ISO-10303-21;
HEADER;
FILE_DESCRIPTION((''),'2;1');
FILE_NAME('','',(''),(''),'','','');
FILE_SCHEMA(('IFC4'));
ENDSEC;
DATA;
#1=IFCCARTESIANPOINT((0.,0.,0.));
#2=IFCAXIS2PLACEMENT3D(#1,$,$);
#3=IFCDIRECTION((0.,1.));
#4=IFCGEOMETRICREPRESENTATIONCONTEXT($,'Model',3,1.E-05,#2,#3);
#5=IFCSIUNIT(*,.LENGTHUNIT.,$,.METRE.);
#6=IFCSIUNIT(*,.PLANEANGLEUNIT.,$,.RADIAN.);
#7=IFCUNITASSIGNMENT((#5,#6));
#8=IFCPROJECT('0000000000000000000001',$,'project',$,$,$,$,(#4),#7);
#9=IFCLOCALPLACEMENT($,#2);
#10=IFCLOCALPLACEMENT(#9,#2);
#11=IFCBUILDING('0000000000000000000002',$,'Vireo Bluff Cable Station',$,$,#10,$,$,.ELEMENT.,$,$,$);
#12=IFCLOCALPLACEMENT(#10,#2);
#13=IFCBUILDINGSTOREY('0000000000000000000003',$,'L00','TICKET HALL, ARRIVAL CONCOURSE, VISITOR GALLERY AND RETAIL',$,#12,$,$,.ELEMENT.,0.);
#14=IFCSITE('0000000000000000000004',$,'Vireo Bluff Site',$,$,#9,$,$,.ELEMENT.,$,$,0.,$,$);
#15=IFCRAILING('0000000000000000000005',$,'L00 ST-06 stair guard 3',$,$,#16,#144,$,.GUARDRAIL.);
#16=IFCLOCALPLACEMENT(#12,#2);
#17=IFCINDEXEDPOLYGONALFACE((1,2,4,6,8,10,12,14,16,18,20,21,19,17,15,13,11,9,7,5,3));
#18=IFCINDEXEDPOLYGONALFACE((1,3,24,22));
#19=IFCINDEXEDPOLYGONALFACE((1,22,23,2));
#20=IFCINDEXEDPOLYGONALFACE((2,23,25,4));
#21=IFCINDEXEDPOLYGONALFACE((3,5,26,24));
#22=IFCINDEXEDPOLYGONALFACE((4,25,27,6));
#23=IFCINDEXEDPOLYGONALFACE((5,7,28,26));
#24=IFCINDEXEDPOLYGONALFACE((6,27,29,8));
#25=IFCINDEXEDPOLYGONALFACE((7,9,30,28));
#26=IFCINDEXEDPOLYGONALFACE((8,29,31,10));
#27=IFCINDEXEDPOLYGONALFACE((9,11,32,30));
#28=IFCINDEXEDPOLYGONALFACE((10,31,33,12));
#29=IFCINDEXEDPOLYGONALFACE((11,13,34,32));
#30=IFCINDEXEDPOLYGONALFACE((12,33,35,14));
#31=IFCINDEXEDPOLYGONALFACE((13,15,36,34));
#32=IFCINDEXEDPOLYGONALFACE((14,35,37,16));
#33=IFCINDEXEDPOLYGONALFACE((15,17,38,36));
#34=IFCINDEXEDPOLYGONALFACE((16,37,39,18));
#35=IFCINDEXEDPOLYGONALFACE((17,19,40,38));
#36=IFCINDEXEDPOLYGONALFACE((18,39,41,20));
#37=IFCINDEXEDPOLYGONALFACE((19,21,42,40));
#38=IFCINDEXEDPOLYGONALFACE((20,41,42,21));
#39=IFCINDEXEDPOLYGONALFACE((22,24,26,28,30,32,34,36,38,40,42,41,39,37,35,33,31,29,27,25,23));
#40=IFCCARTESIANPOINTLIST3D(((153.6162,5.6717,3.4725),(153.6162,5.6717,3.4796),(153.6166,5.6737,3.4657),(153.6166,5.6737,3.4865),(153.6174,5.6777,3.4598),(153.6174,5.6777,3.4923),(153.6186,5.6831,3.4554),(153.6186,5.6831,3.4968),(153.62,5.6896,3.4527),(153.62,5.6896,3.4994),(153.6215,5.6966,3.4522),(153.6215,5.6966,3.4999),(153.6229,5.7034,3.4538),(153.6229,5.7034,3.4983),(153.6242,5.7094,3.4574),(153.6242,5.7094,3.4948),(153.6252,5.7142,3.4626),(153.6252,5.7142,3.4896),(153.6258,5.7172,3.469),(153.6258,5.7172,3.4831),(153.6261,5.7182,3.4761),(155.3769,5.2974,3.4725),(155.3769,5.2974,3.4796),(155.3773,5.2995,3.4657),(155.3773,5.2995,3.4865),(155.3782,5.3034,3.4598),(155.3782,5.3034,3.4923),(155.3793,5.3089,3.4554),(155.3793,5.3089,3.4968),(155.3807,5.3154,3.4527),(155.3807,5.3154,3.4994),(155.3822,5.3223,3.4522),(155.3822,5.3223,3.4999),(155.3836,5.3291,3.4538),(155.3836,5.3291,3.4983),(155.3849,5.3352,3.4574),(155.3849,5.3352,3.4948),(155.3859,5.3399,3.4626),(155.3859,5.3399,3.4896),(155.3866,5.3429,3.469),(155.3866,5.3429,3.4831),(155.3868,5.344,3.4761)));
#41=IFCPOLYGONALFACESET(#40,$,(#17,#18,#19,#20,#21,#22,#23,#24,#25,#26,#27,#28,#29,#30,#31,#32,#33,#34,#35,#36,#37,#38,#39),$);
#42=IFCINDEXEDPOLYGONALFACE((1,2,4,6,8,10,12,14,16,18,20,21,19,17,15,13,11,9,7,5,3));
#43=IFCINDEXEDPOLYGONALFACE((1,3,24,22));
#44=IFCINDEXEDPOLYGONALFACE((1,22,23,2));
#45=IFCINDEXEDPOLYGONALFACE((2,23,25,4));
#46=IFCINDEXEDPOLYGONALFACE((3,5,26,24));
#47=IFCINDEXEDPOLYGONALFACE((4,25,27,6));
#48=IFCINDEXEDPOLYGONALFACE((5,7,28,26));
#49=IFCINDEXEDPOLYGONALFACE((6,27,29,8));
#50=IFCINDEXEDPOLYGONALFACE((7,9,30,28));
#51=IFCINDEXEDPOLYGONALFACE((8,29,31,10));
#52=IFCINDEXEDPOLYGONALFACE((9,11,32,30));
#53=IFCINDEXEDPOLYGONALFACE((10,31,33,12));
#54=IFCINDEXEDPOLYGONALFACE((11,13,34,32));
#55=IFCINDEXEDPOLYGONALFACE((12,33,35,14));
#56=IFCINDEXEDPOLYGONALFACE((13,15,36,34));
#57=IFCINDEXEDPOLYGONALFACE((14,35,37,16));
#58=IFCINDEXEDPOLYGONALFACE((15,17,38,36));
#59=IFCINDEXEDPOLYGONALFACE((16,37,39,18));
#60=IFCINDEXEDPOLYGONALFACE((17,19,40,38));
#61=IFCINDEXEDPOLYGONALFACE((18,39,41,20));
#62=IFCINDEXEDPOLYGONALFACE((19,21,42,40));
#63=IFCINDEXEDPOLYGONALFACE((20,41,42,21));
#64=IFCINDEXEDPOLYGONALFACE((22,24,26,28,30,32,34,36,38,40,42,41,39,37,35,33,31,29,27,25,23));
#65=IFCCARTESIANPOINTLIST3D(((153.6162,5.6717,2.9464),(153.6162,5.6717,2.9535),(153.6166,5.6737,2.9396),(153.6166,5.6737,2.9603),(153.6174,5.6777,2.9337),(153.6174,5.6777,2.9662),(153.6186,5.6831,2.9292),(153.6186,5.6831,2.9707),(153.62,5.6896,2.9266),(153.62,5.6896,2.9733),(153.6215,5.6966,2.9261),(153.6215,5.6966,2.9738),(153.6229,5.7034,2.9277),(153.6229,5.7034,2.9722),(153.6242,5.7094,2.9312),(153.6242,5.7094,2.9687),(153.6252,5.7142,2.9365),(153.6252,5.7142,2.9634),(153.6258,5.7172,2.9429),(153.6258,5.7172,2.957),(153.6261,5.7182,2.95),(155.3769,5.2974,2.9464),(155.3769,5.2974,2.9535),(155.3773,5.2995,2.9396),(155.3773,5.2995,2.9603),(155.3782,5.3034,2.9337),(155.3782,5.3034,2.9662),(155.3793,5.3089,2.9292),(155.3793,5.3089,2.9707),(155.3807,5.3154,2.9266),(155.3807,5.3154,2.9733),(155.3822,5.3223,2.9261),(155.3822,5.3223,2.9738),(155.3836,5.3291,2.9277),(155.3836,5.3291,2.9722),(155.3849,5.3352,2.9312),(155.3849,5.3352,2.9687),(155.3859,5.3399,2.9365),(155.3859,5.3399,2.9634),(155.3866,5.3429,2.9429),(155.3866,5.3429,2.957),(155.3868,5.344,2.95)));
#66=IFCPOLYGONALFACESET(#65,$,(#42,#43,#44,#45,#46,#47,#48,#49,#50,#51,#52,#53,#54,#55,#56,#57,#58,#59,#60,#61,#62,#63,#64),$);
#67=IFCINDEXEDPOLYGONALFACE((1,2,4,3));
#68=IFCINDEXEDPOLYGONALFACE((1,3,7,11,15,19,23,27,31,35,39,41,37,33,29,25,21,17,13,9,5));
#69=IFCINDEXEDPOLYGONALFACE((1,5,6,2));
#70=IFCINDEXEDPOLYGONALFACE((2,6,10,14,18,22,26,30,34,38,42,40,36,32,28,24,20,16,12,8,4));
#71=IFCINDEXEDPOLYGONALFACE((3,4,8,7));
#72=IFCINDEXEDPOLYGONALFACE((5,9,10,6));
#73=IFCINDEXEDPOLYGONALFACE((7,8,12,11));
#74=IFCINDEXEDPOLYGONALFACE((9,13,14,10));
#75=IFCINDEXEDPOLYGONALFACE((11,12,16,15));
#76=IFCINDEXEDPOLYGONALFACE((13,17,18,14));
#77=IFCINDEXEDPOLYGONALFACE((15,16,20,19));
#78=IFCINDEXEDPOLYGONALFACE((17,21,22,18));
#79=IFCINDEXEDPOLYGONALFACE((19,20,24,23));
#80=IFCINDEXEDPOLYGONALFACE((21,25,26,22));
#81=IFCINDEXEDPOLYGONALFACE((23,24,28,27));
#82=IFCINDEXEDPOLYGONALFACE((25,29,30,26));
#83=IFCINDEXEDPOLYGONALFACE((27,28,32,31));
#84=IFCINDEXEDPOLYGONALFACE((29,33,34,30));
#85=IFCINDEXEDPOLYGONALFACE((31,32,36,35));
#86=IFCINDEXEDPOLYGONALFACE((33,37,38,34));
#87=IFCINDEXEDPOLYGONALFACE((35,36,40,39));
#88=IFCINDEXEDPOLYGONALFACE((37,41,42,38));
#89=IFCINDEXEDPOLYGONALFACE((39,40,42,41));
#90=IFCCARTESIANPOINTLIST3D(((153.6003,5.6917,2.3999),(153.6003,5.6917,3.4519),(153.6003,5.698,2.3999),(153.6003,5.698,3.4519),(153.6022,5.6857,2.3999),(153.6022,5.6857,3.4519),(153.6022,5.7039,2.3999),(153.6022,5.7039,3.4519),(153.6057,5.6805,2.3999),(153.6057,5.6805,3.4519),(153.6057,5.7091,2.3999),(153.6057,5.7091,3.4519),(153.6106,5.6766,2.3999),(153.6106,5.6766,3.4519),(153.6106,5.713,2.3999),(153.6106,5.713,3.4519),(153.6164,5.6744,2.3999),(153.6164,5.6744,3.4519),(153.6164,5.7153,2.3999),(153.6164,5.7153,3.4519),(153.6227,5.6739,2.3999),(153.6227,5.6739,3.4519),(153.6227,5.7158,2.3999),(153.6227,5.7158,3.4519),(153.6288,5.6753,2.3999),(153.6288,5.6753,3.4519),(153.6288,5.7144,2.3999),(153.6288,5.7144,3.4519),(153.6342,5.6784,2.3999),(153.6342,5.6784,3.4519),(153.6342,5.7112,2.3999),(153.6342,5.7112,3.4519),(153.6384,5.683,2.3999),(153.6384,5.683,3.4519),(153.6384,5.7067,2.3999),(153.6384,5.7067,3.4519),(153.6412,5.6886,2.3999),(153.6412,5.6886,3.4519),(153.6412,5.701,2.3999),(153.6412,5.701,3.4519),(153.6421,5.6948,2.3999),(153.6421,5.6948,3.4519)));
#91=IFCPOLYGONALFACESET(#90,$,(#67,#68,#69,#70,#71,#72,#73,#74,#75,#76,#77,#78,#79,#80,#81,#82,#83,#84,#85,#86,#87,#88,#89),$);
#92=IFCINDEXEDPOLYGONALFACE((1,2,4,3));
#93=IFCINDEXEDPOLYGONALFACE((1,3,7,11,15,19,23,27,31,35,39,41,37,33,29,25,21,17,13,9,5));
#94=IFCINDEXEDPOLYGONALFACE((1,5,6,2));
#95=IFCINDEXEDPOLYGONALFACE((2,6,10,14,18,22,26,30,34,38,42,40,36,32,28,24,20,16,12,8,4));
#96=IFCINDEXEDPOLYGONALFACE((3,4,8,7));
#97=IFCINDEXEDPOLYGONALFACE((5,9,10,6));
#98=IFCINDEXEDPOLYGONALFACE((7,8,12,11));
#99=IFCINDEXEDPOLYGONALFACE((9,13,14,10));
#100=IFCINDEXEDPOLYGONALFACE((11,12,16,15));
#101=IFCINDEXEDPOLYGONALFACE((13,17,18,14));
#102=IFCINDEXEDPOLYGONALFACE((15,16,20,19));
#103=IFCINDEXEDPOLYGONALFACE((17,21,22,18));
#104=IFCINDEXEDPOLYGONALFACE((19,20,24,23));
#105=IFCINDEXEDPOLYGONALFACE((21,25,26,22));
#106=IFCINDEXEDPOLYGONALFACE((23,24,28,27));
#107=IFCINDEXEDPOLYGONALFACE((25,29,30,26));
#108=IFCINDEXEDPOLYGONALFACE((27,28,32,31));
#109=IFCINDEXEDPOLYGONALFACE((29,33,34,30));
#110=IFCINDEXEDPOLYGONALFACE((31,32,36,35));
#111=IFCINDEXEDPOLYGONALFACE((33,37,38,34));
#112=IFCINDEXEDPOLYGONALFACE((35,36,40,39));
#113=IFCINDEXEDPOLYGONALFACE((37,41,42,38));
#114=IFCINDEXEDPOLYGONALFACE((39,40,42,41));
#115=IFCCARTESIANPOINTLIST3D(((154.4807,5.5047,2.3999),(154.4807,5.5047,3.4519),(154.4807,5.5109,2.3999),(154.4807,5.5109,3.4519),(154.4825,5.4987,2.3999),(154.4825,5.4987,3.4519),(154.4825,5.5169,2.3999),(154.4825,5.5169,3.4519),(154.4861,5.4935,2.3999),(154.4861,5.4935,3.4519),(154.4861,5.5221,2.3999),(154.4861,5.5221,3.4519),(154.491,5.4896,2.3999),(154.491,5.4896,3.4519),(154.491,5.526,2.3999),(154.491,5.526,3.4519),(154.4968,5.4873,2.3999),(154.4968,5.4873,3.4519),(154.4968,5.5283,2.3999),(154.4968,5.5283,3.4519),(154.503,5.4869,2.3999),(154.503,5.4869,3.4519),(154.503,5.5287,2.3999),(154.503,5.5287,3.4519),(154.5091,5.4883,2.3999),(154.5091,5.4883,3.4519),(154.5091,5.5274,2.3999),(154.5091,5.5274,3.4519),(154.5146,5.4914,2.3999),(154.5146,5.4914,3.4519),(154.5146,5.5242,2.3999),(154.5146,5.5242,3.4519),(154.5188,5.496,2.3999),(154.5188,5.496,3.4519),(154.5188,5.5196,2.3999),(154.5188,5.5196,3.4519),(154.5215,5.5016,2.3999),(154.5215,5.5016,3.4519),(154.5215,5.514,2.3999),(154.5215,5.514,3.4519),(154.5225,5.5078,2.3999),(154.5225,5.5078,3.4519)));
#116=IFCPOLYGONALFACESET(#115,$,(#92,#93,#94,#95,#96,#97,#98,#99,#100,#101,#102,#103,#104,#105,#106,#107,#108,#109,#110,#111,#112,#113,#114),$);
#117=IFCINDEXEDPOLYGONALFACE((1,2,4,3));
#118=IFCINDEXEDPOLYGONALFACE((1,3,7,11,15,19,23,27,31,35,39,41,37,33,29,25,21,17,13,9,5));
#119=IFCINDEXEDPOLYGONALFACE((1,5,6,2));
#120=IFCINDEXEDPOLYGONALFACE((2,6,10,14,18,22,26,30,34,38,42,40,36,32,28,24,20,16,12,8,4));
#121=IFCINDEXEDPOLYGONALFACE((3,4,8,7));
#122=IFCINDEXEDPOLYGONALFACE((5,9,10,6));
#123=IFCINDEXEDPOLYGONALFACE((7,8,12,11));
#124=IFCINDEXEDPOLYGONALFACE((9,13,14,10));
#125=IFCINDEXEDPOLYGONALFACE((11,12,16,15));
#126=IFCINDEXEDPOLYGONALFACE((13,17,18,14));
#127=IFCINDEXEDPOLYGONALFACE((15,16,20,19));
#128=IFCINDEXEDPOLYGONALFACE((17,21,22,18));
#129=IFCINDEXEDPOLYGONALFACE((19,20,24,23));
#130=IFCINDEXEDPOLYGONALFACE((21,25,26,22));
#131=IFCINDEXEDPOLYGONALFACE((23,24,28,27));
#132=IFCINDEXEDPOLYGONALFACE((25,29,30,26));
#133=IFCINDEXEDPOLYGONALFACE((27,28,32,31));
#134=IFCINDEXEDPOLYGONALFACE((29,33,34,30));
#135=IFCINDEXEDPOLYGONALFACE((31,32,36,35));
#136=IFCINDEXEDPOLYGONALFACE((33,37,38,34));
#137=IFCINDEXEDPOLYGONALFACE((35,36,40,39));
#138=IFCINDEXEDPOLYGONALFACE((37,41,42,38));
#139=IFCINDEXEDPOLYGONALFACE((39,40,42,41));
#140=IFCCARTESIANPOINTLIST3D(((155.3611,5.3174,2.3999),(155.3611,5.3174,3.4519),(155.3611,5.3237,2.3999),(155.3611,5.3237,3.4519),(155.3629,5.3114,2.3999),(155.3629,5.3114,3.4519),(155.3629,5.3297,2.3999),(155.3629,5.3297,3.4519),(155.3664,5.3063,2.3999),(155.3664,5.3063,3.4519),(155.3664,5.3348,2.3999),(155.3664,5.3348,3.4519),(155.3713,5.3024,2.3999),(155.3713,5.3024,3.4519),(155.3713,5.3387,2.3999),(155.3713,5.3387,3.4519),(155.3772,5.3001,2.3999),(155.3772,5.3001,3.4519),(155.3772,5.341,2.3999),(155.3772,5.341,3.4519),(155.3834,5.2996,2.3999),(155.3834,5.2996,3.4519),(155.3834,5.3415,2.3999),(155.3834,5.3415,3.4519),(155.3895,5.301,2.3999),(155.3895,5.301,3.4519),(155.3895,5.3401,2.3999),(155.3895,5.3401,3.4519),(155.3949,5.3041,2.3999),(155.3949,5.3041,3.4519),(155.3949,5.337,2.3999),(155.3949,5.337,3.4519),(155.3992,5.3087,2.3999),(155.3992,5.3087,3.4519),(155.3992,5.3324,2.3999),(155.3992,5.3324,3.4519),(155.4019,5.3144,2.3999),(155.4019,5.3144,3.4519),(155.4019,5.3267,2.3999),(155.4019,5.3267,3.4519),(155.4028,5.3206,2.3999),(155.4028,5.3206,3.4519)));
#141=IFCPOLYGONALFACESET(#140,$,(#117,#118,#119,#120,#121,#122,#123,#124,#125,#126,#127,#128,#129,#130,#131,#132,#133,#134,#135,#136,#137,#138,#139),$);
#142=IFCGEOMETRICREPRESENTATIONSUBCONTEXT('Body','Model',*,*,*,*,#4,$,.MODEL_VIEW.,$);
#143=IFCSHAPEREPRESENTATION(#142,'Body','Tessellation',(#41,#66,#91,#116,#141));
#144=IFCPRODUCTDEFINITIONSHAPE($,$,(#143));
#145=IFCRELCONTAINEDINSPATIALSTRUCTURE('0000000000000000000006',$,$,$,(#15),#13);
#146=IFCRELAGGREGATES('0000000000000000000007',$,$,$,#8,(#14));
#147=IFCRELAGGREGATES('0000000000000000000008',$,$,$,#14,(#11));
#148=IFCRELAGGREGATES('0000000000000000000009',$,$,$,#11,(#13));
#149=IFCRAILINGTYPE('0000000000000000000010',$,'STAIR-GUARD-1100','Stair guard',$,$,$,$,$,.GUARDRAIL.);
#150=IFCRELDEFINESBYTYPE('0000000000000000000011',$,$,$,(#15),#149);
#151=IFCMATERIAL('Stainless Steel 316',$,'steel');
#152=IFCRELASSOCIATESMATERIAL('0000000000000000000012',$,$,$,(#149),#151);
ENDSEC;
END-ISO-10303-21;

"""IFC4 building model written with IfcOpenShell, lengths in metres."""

from ifc_helpers import new_model, si_unit, direction, frame, origin, origin_2d, place, context, subcontext, project, spatial, circle, extrude, material, type_object, element, save


model = new_model("IFC4")

# Units and contexts
model_context = context("Model", 3, precision=1e-05, world=origin(), true_north=direction((0.0, 1.0)))
body_context = subcontext(model_context, "Body", "Model", "MODEL_VIEW")
ifc_project = project(units=[si_unit("LENGTHUNIT", "METRE"), si_unit("PLANEANGLEUNIT", "RADIAN")], contexts=[model_context])

# Site, building, storey
site_placement = place(None, origin())
site = spatial("IfcSite", under=ifc_project, at=site_placement, Name="Vireo Bluff Site", CompositionType="ELEMENT", RefElevation=0.0)
building_placement = place(site_placement, origin())
building = spatial("IfcBuilding", under=site, at=building_placement, Name="Vireo Bluff Cable Station", CompositionType="ELEMENT")
storey_placement = place(building_placement, origin())
storey = spatial("IfcBuildingStorey", under=building, at=storey_placement, Name="L00", Description="TICKET HALL, ARRIVAL CONCOURSE, VISITOR GALLERY AND RETAIL", CompositionType="ELEMENT", Elevation=0.0)

# Railing
ifc_material_1 = material(Name="Stainless Steel 316", Category="steel")
railing_type_1 = type_object("IfcRailingType", Name="STAIR-GUARD-1100", Description="Stair guard", PredefinedType="GUARDRAIL", material=ifc_material_1)
railing_1_placement = place(storey_placement, frame((153.6211, 5.6948, 2.3999)))
element("IfcRailing", 1, at=railing_1_placement, inside=storey, type_object=railing_type_1, Name="L00 ST-06 stair guard 3", PredefinedType="GUARDRAIL", context=body_context, shape_type="SweptSolid", body=[
    extrude(circle(Radius=0.0239, at=origin_2d()), frame((0.0, 0.0, 1.0762), z_axis=(0.978146, -0.207917, 0.0), x_axis=(0.207917, 0.978146, 0.0)), (0.0, 0.0, 1.0), 1.8),
    extrude(circle(Radius=0.0239, at=origin_2d()), frame((0.0, 0.0, 0.55), z_axis=(0.978146, -0.207917, 0.0), x_axis=(0.207917, 0.978146, 0.0)), (0.0, 0.0, 1.0), 1.8),
    extrude(circle(Radius=0.021, at=origin_2d()), origin(), (0.0, 0.0, 1.0), 1.052),
    extrude(circle(Radius=0.021, at=origin_2d()), frame((0.8804, -0.187, 0.0)), (0.0, 0.0, 1.0), 1.052),
    extrude(circle(Radius=0.021, at=origin_2d()), frame((1.7607, -0.3743, 0.0)), (0.0, 0.0, 1.0), 1.052),
])

save(model, "model.ifc")
